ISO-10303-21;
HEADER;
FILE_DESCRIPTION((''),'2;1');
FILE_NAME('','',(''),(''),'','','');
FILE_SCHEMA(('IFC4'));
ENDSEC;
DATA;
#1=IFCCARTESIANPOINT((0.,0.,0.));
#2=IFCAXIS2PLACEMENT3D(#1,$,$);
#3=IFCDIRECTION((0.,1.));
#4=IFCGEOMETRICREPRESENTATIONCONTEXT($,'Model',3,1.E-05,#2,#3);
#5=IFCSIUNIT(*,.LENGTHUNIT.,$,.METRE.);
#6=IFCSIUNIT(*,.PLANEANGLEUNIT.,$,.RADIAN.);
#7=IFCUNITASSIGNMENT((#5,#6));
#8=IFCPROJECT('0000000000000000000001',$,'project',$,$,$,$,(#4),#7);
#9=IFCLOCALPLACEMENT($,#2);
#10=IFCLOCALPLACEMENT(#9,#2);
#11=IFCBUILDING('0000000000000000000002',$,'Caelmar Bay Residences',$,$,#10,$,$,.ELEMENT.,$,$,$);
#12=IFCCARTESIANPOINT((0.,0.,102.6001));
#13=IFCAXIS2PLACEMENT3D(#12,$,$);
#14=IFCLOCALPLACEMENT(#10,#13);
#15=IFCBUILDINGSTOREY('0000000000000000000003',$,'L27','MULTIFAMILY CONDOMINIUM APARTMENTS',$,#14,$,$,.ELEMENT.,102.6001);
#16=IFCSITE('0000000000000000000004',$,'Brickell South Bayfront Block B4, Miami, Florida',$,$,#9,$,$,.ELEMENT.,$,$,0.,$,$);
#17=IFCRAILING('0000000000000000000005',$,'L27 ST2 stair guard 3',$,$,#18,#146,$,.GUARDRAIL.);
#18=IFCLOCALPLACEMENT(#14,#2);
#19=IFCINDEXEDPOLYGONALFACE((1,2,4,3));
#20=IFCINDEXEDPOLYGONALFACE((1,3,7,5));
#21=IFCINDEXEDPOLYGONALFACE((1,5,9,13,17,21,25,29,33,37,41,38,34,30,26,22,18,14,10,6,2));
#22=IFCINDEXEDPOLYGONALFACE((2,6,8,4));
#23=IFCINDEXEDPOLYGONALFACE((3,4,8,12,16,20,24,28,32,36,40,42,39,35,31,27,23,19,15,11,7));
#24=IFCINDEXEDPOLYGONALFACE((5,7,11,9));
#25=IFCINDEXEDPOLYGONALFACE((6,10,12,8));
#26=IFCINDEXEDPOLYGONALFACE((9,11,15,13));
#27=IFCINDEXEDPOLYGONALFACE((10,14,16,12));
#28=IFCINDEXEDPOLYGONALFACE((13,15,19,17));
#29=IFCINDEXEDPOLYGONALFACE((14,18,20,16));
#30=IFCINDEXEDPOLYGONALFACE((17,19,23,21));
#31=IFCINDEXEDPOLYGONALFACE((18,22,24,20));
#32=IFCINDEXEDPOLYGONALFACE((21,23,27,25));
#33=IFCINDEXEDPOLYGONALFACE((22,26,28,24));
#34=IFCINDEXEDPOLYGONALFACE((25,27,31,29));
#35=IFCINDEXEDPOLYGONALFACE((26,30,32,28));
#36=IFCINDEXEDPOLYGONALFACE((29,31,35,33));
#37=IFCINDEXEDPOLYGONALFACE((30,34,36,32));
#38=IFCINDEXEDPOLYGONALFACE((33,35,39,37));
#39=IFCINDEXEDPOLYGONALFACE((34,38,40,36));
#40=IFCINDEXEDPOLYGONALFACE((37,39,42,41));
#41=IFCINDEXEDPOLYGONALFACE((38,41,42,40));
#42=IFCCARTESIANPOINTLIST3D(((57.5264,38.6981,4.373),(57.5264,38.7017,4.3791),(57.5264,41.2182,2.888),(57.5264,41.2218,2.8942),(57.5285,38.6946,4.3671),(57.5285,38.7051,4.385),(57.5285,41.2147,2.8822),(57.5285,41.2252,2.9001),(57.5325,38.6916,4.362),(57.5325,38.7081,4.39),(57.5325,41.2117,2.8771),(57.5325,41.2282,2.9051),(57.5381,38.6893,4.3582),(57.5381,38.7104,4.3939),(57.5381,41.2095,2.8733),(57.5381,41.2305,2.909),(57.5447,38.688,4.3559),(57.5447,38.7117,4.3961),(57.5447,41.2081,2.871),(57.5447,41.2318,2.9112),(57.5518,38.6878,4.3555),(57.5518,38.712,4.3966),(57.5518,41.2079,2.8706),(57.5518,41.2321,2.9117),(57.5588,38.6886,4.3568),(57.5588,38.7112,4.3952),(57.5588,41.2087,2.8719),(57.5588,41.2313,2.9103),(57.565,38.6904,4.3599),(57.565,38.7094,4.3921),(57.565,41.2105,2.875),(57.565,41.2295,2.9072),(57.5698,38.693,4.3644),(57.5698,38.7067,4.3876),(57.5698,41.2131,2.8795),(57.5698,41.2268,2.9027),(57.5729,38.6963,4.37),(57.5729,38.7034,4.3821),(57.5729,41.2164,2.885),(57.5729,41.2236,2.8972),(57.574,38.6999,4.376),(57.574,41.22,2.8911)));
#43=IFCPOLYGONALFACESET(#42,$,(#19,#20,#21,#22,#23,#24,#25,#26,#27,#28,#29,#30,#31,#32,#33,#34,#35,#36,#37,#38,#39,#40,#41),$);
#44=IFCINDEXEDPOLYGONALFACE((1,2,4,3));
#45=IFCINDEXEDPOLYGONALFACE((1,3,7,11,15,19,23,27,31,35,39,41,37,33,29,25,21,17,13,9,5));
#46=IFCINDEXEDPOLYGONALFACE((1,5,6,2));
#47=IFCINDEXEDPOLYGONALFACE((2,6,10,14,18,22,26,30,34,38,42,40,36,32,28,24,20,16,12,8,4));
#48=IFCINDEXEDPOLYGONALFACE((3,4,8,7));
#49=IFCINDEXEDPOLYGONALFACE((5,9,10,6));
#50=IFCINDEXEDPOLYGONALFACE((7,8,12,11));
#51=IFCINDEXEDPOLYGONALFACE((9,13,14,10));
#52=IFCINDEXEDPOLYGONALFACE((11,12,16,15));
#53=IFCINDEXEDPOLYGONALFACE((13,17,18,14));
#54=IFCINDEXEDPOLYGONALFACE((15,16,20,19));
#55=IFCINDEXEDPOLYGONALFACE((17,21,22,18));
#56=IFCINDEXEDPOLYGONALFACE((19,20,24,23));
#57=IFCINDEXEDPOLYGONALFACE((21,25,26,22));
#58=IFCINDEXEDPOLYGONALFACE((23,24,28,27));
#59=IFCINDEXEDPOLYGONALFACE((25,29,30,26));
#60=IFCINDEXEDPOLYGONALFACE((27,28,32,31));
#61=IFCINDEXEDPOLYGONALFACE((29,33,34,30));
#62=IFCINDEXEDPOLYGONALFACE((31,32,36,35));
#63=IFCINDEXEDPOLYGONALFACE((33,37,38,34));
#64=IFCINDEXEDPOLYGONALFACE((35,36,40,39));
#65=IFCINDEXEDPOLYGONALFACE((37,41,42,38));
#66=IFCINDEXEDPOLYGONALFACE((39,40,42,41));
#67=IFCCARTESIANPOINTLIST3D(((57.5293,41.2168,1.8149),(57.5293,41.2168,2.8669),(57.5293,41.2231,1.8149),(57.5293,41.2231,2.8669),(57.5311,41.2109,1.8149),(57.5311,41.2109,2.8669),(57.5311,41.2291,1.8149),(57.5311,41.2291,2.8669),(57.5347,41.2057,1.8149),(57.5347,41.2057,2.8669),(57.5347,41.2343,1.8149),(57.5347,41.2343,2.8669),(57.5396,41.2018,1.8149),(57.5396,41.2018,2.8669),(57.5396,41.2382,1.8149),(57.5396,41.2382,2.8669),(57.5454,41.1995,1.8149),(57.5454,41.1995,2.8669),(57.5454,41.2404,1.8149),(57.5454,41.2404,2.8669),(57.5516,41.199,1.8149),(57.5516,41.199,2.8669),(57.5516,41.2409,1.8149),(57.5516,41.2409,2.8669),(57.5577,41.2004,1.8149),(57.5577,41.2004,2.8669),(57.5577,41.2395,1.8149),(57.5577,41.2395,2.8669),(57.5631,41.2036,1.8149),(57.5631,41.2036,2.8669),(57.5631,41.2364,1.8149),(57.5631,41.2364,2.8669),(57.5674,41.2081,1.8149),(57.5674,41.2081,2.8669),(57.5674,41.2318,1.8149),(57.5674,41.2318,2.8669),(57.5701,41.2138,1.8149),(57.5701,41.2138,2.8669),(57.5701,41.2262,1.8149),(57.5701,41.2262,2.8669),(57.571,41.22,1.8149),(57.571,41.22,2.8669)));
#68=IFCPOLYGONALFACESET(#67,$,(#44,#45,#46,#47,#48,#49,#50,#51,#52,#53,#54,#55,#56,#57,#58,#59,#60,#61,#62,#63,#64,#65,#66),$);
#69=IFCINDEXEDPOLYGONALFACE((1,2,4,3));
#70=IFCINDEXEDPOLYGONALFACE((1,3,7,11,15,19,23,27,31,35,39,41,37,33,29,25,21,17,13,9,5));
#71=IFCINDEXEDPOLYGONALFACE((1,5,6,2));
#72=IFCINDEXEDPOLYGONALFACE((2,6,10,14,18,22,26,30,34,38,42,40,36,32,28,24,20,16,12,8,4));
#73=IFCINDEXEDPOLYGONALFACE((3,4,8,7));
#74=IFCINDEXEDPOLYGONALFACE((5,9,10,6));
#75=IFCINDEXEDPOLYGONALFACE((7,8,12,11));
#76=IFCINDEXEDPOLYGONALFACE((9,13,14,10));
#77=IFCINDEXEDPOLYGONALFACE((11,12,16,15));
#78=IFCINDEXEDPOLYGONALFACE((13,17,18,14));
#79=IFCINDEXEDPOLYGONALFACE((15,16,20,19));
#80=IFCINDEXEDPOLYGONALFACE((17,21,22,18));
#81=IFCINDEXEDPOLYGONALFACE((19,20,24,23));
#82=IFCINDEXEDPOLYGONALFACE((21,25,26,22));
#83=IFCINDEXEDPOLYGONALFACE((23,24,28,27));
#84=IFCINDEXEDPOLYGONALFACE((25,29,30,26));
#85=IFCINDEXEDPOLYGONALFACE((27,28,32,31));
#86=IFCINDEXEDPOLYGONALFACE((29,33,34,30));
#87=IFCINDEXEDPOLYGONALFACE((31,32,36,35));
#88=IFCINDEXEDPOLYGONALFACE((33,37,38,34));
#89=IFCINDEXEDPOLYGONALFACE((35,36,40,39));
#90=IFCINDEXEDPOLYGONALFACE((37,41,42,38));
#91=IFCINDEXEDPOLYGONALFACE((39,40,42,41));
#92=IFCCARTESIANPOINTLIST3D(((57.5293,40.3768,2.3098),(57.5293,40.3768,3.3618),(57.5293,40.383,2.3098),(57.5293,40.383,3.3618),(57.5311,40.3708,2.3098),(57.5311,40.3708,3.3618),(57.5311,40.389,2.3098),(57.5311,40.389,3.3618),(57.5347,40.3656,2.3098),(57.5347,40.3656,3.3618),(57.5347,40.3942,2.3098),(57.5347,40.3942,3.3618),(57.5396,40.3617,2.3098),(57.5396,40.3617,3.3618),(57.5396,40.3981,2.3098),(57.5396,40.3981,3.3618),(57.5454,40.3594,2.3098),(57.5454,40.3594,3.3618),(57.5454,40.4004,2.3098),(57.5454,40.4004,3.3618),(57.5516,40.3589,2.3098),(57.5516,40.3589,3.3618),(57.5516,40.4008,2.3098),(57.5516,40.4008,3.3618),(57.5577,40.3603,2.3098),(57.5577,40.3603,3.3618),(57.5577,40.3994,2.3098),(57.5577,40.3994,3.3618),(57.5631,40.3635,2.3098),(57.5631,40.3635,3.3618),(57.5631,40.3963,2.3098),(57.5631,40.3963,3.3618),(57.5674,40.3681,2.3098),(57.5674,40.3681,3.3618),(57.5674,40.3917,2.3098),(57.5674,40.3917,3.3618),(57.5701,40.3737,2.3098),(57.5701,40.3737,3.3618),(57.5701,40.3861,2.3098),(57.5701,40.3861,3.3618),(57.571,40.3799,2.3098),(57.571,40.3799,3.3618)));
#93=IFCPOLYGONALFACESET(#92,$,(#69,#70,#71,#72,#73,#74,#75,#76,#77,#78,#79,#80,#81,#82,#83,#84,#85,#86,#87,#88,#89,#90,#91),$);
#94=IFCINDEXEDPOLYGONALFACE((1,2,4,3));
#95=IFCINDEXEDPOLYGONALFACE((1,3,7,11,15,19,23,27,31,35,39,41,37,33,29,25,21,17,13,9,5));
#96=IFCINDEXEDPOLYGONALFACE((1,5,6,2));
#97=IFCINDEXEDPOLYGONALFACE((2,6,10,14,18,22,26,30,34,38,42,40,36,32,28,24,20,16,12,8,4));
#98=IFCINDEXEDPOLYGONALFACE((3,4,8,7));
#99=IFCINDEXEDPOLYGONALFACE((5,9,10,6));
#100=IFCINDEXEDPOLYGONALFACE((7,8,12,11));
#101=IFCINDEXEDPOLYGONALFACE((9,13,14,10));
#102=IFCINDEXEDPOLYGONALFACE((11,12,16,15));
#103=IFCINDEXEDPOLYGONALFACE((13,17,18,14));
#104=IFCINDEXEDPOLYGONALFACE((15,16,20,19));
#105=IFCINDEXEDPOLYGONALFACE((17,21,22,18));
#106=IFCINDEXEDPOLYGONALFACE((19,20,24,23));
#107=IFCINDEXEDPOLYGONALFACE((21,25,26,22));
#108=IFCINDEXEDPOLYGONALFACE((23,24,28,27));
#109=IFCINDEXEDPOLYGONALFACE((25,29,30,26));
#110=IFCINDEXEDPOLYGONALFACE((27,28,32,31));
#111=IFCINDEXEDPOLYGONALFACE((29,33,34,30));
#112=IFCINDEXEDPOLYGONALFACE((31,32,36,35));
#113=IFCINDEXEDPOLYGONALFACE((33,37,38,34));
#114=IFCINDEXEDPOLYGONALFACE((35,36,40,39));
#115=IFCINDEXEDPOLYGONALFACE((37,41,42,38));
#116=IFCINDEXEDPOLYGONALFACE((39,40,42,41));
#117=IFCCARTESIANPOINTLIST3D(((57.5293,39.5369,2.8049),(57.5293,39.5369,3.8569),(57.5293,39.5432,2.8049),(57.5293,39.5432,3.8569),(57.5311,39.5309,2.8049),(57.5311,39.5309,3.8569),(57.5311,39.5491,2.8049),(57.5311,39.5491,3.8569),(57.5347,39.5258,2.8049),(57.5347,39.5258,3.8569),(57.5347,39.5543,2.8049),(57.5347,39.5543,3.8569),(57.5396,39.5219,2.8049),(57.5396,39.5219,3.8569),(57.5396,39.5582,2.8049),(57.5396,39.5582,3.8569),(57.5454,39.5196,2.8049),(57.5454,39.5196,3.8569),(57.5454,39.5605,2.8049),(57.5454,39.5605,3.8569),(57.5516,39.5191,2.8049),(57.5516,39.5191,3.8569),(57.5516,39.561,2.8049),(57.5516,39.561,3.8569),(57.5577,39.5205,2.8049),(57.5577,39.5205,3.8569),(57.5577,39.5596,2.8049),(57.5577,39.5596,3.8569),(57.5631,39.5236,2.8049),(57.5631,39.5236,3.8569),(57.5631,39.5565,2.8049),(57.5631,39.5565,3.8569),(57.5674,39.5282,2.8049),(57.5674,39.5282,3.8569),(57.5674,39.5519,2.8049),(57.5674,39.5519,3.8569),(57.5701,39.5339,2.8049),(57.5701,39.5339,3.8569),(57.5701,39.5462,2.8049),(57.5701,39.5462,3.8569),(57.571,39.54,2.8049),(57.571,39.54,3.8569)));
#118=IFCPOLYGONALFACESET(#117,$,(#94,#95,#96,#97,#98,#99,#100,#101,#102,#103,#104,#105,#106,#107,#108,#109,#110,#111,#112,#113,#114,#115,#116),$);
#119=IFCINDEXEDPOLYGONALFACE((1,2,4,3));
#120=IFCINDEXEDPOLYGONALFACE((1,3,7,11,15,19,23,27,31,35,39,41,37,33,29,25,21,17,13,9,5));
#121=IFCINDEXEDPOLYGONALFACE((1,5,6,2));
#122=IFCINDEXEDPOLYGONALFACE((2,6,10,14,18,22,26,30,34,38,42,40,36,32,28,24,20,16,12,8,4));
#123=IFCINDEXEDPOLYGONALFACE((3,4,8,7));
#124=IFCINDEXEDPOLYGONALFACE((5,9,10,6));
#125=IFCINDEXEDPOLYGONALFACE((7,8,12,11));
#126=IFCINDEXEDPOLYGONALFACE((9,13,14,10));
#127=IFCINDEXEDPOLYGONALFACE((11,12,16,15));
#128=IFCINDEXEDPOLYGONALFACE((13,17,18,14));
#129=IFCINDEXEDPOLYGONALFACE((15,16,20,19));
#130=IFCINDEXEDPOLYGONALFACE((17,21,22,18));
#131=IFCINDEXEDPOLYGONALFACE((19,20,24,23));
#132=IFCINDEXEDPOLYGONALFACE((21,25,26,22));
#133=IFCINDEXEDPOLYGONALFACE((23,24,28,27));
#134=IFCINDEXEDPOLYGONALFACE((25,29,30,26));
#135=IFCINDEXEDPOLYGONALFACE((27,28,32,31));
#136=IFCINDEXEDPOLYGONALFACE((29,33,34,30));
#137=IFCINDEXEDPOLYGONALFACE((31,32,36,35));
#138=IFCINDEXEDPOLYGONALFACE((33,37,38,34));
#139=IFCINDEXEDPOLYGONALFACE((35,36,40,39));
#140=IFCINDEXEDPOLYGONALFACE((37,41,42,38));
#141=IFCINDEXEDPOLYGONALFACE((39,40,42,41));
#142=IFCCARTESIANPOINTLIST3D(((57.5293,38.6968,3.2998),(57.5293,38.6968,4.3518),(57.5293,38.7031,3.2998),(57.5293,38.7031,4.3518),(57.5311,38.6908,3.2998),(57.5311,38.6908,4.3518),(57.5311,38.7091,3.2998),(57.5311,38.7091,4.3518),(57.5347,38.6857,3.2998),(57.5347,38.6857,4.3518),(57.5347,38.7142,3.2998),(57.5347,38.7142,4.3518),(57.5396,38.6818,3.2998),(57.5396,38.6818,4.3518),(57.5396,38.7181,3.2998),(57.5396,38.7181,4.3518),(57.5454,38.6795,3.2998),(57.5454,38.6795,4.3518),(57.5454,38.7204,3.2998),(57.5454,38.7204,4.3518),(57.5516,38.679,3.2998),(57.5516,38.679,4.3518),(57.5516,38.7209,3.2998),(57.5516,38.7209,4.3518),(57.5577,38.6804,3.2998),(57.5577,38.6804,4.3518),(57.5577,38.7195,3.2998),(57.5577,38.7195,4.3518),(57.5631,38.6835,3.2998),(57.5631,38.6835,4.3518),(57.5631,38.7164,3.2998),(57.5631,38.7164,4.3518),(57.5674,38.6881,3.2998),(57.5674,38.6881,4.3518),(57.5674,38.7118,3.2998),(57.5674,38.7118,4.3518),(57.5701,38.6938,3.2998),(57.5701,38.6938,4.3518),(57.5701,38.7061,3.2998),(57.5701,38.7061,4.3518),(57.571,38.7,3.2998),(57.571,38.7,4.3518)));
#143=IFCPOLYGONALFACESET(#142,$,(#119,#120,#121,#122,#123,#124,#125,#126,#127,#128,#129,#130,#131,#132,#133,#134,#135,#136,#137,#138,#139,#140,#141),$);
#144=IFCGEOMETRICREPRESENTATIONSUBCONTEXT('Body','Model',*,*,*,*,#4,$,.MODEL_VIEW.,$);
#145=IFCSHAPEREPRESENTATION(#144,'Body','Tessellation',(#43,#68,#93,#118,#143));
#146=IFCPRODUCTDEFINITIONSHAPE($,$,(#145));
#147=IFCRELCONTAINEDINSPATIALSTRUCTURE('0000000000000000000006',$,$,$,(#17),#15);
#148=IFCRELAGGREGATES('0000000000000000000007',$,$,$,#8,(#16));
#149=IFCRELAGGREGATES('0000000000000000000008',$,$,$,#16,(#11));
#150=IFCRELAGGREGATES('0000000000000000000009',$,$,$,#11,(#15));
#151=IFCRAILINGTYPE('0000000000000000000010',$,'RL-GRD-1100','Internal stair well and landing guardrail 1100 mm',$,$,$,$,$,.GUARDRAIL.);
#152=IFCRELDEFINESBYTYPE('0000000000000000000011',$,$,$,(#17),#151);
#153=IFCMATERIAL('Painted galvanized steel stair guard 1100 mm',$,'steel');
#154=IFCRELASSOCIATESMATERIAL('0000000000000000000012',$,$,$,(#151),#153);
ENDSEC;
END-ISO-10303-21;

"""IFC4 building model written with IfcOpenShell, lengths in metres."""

from ifc_helpers import new_model, si_unit, direction, frame, origin, origin_2d, place, context, subcontext, project, spatial, circle, extrude, material, type_object, element, save


model = new_model("IFC4")

# Units and contexts
model_context = context("Model", 3, precision=1e-05, world=origin(), true_north=direction((0.0, 1.0)))
body_context = subcontext(model_context, "Body", "Model", "MODEL_VIEW")
ifc_project = project(units=[si_unit("LENGTHUNIT", "METRE"), si_unit("PLANEANGLEUNIT", "RADIAN")], contexts=[model_context])

# Site, building, storey
site_placement = place(None, origin())
site = spatial("IfcSite", under=ifc_project, at=site_placement, Name="Brickell South Bayfront Block B4, Miami, Florida", CompositionType="ELEMENT", RefElevation=0.0)
building_placement = place(site_placement, origin())
building = spatial("IfcBuilding", under=site, at=building_placement, Name="Caelmar Bay Residences", CompositionType="ELEMENT")
storey_placement = place(building_placement, frame((0.0, 0.0, 102.6001)))
storey = spatial("IfcBuildingStorey", under=building, at=storey_placement, Name="L27", Description="MULTIFAMILY CONDOMINIUM APARTMENTS", CompositionType="ELEMENT", Elevation=102.6001)

# Railing
ifc_material_1 = material(Name="Painted galvanized steel stair guard 1100 mm", Category="steel")
railing_type_1 = type_object("IfcRailingType", Name="RL-GRD-1100", Description="Internal stair well and landing guardrail 1100 mm", PredefinedType="GUARDRAIL", material=ifc_material_1)
railing_1_placement = place(storey_placement, frame((57.55, 41.22, 1.8149)))
element("IfcRailing", 1, at=railing_1_placement, inside=storey, type_object=railing_type_1, Name="L27 ST2 stair guard 3", PredefinedType="GUARDRAIL", context=body_context, shape_type="SweptSolid", body=[
    extrude(circle(Radius=0.0239, at=origin_2d()), frame((0.0, 0.0, 1.0762), z_axis=(0.0, -0.861561, 0.507655), x_axis=(1.0, 0.0, 0.0)), (0.0, 0.0, 1.0), 2.925),
    extrude(circle(Radius=0.021, at=origin_2d()), origin(), (0.0, 0.0, 1.0), 1.052),
    extrude(circle(Radius=0.021, at=origin_2d()), frame((0.0, -0.8401, 0.4949)), (0.0, 0.0, 1.0), 1.052),
    extrude(circle(Radius=0.021, at=origin_2d()), frame((0.0, -1.6799, 0.99)), (0.0, 0.0, 1.0), 1.052),
    extrude(circle(Radius=0.021, at=origin_2d()), frame((0.0, -2.52, 1.4849)), (0.0, 0.0, 1.0), 1.052),
])

save(model, "model.ifc")
